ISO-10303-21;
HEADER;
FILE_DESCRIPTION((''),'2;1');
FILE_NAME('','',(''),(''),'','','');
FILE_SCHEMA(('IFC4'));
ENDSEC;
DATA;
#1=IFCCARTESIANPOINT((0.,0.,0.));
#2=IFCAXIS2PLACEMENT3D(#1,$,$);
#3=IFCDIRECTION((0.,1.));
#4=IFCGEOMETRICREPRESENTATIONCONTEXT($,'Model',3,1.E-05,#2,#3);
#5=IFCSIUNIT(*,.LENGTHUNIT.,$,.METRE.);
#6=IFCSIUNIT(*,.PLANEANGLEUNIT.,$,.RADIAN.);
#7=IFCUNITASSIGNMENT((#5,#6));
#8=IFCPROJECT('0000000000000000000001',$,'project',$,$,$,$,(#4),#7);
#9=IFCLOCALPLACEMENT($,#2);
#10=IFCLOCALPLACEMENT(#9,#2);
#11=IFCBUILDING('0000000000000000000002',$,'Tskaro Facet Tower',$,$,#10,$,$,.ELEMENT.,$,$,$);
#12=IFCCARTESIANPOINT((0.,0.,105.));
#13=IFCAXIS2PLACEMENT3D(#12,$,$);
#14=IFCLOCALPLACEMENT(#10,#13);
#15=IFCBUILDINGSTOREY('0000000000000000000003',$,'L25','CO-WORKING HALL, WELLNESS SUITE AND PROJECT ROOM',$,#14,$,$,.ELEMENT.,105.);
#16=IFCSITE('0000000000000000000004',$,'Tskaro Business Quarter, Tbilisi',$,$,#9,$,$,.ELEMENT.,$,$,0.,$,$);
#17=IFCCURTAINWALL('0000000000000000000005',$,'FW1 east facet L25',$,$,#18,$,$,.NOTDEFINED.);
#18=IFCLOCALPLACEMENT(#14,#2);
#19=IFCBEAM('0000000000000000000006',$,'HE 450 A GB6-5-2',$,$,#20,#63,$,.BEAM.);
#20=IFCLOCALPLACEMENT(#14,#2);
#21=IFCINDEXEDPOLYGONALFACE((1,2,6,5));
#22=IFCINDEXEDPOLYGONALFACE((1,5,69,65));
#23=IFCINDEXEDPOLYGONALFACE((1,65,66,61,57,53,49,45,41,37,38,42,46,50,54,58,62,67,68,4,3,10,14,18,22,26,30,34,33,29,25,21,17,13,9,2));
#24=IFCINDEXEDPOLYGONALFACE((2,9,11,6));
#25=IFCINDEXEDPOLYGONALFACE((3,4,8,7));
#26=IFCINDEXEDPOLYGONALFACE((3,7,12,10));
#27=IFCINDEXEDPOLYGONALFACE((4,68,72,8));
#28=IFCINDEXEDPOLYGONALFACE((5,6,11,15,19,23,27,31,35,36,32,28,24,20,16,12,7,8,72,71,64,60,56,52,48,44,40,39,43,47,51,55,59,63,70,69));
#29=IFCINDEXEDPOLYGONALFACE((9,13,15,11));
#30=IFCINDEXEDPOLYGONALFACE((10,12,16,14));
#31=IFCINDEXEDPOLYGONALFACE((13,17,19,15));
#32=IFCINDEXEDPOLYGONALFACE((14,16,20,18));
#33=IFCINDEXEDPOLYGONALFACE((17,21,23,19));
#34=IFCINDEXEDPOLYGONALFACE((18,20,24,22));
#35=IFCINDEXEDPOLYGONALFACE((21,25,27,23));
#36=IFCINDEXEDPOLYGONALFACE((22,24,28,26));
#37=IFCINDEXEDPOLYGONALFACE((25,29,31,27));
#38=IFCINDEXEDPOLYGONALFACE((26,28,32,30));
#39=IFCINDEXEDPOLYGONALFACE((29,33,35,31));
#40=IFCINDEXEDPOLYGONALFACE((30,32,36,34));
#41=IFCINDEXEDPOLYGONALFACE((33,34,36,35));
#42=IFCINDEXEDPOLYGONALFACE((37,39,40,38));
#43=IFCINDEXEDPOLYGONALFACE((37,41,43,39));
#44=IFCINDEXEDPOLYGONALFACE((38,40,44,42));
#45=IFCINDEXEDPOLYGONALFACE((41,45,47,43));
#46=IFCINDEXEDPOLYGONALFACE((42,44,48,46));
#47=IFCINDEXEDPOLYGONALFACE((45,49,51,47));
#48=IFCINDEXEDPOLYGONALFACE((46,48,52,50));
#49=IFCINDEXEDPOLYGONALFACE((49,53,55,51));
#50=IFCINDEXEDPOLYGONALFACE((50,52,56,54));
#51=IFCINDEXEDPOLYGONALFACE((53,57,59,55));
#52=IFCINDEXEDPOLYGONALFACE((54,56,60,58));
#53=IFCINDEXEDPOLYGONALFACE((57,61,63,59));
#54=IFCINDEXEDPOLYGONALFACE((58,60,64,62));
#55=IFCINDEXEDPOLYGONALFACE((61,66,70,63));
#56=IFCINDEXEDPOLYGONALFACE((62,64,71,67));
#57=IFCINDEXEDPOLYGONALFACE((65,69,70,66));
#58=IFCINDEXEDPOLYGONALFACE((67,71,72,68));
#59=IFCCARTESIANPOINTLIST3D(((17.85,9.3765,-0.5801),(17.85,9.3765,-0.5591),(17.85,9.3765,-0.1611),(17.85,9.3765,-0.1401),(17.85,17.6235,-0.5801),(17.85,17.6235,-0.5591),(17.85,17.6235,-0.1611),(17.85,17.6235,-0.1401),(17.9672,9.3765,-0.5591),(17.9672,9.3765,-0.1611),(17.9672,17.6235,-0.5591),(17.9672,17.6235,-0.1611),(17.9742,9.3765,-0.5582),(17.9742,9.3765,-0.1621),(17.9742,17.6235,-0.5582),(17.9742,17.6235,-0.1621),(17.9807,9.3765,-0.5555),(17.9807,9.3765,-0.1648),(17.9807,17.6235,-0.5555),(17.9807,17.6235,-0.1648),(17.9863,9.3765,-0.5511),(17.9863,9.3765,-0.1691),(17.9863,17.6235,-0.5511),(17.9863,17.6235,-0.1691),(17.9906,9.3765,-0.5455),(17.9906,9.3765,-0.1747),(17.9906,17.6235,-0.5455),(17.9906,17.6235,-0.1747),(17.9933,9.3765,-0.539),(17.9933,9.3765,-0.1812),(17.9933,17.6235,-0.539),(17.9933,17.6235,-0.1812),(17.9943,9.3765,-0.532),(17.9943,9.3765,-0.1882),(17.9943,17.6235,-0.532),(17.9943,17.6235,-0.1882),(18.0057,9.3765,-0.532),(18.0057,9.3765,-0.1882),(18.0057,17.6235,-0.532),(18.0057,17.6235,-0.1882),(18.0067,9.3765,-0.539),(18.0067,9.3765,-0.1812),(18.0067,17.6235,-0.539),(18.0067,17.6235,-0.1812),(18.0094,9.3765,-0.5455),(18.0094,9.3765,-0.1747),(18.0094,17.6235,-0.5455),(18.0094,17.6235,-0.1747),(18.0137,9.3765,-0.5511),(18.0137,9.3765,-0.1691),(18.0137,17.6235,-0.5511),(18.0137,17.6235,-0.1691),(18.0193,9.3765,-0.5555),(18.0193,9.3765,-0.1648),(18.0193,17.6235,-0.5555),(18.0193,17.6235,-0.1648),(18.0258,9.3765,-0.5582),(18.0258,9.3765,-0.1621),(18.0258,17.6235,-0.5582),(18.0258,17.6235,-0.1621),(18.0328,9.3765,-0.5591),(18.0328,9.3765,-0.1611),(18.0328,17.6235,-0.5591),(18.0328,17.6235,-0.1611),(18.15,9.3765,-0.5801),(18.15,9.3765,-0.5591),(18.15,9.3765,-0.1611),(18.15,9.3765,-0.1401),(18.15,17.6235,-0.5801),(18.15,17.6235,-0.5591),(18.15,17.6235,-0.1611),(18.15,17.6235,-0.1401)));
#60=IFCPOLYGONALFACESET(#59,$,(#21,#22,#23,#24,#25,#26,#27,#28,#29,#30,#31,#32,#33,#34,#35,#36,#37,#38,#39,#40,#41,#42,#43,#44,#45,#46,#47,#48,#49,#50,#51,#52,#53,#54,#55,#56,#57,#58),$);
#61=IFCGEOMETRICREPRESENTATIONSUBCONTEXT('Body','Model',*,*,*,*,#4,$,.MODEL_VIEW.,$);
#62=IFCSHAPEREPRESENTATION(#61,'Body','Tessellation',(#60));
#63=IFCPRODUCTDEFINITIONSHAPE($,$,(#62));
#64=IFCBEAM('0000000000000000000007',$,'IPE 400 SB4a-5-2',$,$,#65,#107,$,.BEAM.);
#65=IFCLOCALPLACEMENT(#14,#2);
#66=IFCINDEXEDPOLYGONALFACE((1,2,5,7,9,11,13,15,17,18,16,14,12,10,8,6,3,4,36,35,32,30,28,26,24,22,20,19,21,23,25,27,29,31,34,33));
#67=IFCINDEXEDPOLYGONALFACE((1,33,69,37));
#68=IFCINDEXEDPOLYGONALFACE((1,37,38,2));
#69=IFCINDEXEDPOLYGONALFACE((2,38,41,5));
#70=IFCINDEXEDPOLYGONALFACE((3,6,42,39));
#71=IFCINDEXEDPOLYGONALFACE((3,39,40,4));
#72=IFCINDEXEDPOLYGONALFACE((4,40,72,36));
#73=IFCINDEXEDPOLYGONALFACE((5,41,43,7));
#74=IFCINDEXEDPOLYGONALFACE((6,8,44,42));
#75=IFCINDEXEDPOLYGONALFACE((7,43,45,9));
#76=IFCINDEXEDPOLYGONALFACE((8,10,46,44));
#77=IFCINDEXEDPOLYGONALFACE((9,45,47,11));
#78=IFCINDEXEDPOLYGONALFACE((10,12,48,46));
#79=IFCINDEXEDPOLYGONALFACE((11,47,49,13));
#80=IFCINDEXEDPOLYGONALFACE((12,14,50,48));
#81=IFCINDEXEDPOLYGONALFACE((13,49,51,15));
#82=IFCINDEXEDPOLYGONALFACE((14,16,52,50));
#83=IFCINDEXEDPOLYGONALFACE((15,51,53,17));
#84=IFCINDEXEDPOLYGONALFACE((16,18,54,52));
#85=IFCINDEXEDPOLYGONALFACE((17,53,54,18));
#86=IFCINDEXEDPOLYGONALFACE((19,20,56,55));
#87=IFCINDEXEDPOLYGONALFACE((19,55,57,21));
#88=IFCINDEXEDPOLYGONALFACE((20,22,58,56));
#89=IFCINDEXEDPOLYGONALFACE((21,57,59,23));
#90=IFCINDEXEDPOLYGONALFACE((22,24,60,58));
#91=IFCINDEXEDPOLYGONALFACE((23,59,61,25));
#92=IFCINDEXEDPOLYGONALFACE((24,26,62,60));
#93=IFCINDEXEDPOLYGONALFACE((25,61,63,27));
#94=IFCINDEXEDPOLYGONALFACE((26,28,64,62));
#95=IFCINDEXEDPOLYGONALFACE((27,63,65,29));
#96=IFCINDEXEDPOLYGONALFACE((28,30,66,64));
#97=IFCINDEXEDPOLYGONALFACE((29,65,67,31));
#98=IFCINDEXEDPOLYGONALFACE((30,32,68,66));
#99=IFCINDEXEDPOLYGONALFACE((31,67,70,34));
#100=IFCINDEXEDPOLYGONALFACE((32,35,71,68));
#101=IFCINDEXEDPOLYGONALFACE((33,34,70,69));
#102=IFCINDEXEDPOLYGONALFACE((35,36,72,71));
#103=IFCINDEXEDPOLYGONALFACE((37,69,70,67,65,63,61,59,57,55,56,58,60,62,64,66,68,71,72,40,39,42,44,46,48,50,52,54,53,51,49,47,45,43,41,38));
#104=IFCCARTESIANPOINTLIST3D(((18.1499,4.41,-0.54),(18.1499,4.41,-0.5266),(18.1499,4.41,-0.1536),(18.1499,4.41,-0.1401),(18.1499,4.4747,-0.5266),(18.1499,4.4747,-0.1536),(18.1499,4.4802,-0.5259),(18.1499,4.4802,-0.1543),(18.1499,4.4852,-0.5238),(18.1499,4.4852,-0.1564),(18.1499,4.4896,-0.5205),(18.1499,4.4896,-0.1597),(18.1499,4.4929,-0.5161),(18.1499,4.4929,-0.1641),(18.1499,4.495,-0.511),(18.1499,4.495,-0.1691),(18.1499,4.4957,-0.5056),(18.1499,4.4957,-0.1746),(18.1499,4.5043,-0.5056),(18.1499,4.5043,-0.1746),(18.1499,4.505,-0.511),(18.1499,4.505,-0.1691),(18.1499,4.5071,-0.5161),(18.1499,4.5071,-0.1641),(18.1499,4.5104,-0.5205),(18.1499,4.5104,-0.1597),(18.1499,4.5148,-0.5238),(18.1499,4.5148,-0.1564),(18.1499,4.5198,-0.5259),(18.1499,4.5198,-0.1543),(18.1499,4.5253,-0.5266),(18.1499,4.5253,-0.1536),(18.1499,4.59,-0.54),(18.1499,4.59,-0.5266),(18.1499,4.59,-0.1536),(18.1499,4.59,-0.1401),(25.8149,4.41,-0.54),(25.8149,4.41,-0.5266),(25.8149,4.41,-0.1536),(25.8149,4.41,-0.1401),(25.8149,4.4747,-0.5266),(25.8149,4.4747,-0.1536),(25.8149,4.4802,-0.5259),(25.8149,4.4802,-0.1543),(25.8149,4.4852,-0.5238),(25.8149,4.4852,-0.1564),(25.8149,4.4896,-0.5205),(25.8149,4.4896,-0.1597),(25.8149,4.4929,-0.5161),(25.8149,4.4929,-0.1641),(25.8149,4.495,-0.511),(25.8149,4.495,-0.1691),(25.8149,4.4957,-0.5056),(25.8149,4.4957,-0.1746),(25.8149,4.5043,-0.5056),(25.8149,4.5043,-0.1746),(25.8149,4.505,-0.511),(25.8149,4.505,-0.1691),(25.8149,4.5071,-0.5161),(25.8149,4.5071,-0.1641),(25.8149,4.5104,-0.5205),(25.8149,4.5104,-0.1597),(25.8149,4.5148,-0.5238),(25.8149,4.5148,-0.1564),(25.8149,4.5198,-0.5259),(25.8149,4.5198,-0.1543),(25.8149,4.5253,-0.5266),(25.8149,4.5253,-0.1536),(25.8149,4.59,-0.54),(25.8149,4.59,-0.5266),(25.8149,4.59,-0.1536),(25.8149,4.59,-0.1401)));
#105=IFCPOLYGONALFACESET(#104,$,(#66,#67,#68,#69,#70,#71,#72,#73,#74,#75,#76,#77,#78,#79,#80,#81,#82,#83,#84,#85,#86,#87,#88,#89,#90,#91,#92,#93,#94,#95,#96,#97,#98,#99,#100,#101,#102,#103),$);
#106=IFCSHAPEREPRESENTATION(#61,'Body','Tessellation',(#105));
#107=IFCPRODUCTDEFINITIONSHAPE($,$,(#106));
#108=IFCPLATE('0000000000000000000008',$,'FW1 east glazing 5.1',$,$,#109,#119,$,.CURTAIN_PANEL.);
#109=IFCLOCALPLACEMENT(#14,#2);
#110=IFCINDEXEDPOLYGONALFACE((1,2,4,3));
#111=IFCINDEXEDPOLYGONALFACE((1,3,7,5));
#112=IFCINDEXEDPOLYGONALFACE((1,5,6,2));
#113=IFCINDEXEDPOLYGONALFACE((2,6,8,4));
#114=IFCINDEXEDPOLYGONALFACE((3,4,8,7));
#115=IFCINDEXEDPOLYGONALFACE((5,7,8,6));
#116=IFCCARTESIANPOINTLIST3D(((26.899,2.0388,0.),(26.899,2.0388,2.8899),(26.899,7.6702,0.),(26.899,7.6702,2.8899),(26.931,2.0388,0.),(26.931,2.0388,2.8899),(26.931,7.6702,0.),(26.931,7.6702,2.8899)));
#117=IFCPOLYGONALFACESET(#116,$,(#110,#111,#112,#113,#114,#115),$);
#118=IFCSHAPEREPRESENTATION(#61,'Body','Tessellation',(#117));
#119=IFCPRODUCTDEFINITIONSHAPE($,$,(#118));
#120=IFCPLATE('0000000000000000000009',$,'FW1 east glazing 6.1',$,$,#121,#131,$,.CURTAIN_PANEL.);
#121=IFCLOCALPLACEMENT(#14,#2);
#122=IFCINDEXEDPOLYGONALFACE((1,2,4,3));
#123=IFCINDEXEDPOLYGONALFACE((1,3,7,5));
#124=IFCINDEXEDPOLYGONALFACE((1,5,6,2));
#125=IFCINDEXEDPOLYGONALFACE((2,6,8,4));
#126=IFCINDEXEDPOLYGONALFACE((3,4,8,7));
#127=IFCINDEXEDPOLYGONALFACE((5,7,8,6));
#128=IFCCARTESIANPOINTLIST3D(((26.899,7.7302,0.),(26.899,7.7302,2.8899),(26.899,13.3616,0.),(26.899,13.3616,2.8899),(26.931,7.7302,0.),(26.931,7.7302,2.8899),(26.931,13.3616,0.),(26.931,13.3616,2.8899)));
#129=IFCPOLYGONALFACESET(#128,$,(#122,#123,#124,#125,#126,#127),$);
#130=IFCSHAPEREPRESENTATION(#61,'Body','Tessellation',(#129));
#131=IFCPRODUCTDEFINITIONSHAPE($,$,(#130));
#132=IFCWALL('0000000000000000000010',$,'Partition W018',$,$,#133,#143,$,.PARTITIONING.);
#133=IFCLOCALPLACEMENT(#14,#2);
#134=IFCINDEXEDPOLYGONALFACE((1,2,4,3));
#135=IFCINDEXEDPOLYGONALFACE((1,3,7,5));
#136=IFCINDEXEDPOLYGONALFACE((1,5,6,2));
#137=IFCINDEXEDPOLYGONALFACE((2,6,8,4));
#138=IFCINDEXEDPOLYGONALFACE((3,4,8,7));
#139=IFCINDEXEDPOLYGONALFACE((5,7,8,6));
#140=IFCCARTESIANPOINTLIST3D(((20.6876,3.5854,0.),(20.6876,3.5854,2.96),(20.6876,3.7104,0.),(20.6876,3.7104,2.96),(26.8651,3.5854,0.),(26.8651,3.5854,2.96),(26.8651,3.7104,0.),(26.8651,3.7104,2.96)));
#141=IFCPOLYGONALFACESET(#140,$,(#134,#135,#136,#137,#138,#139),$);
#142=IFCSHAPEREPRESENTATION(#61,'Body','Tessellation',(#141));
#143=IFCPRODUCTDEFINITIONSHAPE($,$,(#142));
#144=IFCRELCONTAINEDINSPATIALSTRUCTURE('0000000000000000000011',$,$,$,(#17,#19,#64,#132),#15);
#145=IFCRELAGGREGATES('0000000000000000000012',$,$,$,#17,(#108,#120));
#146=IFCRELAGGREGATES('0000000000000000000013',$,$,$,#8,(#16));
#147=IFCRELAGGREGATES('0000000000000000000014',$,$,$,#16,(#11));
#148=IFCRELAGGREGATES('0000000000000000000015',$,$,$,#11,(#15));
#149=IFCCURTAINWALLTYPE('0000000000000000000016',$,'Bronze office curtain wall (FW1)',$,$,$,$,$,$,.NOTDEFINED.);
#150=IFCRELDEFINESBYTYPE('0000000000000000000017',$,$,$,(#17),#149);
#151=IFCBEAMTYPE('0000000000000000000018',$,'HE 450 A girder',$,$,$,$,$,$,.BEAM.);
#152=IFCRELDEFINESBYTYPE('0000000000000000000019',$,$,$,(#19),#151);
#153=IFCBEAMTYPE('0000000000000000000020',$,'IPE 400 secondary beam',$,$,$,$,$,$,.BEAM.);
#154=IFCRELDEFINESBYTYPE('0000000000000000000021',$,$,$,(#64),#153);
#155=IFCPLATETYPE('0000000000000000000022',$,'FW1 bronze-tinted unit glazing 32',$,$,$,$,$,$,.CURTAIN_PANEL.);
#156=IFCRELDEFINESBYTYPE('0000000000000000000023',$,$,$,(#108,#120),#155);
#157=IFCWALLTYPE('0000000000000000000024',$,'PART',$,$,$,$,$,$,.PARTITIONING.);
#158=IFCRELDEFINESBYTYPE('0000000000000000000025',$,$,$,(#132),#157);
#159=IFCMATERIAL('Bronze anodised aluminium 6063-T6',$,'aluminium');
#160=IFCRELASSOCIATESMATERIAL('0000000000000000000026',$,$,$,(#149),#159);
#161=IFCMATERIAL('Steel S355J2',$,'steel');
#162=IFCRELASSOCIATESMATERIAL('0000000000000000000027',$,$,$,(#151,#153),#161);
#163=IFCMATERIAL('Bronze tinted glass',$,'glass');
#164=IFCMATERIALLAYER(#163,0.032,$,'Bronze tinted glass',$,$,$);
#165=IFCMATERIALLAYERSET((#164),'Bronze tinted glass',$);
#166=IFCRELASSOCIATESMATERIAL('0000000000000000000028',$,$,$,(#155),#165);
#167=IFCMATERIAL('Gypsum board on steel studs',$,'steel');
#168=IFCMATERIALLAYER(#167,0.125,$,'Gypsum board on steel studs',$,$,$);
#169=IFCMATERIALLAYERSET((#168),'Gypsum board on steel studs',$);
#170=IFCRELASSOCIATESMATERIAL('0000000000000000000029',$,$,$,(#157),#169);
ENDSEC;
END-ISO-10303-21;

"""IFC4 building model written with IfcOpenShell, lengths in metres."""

from ifc_helpers import new_model, si_unit, direction, frame, frame_2d, origin, origin_2d, place, context, subcontext, project, spatial, rectangle, i_section, extrude, material, layer, layer_set, material_profile, profile_set, type_object, element, aggregate, save


model = new_model("IFC4")

# Units and contexts
model_context = context("Model", 3, precision=1e-05, world=origin(), true_north=direction((0.0, 1.0)))
body_context = subcontext(model_context, "Body", "Model", "MODEL_VIEW")
ifc_project = project(units=[si_unit("LENGTHUNIT", "METRE"), si_unit("PLANEANGLEUNIT", "RADIAN")], contexts=[model_context])

# Site, building, storey
site_placement = place(None, origin())
site = spatial("IfcSite", under=ifc_project, at=site_placement, Name="Tskaro Business Quarter, Tbilisi", CompositionType="ELEMENT", RefElevation=0.0)
building_placement = place(site_placement, origin())
building = spatial("IfcBuilding", under=site, at=building_placement, Name="Tskaro Facet Tower", CompositionType="ELEMENT")
storey_placement = place(building_placement, frame((0.0, 0.0, 105.0)))
storey = spatial("IfcBuildingStorey", under=building, at=storey_placement, Name="L25", Description="CO-WORKING HALL, WELLNESS SUITE AND PROJECT ROOM", CompositionType="ELEMENT", Elevation=105.0)

# Curtain wall
ifc_material_1 = material(Name="Bronze anodised aluminium 6063-T6", Category="aluminium")
curtain_wall_type = type_object("IfcCurtainWallType", Name="Bronze office curtain wall (FW1)", PredefinedType="NOTDEFINED", material=ifc_material_1)
curtain_wall_placement = place(storey_placement, origin())
curtain_wall = element("IfcCurtainWall", 1, at=curtain_wall_placement, inside=storey, type_object=curtain_wall_type, Name="FW1 east facet L25", PredefinedType="NOTDEFINED")

# Beams
ifc_material_2 = material(Name="Steel S355J2", Category="steel")
ifc_material_profile_1 = material_profile(ifc_material_2, i_section(OverallWidth=0.3, OverallDepth=0.4399, WebThickness=0.0115, FlangeThickness=0.021, FilletRadius=0.0271, at=origin_2d()), Name="HE 450 A")
ifc_profile_set_1 = profile_set([ifc_material_profile_1], Name="Steel S355J2")
beam_type_1 = type_object("IfcBeamType", Name="HE 450 A girder", PredefinedType="BEAM", material=ifc_profile_set_1)
for number, where, z_axis, x_axis, name in (
    (2, (18.0, 9.3765, -0.3601), (0.0, 1.0, 0.0), (-1.0, 0.0, 0.0), "HE 450 A GB6-5-2"),
):
    element("IfcBeam", number, at=place(storey_placement, frame(where, z_axis=z_axis, x_axis=x_axis)), inside=storey, type_object=beam_type_1, Name=name, PredefinedType="BEAM", context=body_context, shape_type="SweptSolid", body=[
        extrude(i_section(OverallWidth=0.3, OverallDepth=0.4399, WebThickness=0.0115, FlangeThickness=0.021, FilletRadius=0.0271, at=origin_2d()), origin(), (0.0, 0.0, 1.0), 8.2471),
    ])
ifc_material_profile_2 = material_profile(ifc_material_2, i_section(OverallWidth=0.1799, OverallDepth=0.3999, WebThickness=0.0085, FlangeThickness=0.0134, FilletRadius=0.021, at=origin_2d()), Name="IPE 400")
ifc_profile_set_2 = profile_set([ifc_material_profile_2], Name="Steel S355J2")
beam_type_2 = type_object("IfcBeamType", Name="IPE 400 secondary beam", PredefinedType="BEAM", material=ifc_profile_set_2)
beam_placement = place(storey_placement, frame((18.1499, 4.5, -0.3401), z_axis=(1.0, 0.0, 0.0), x_axis=(0.0, 1.0, 0.0)))
element("IfcBeam", 3, at=beam_placement, inside=storey, type_object=beam_type_2, Name="IPE 400 SB4a-5-2", PredefinedType="BEAM", context=body_context, shape_type="SweptSolid", body=[
    extrude(i_section(OverallWidth=0.1799, OverallDepth=0.3999, WebThickness=0.0085, FlangeThickness=0.0134, FilletRadius=0.021, at=origin_2d()), origin(), (0.0, 0.0, 1.0), 7.665),
])

# Plates
ifc_material_3 = material(Name="Bronze tinted glass", Category="glass")
ifc_layer_1 = layer(ifc_material_3, 0.032, Name="Bronze tinted glass")
ifc_layer_set_1 = layer_set([ifc_layer_1], Name="Bronze tinted glass")
plate_type = type_object("IfcPlateType", Name="FW1 bronze-tinted unit glazing 32", PredefinedType="CURTAIN_PANEL", material=ifc_layer_set_1)
plate_1_placement = place(storey_placement, frame((26.915, 4.8545, 0.0), z_axis=(0.0, 0.0, 1.0), x_axis=(0.0, 1.0, 0.0)))
plate_1 = element("IfcPlate", 4, at=plate_1_placement, type_object=plate_type, Name="FW1 east glazing 5.1", PredefinedType="CURTAIN_PANEL", context=body_context, shape_type="SweptSolid", body=[
    extrude(rectangle(XDim=5.6313, YDim=0.032, at=origin_2d()), origin(), (0.0, 0.0, 1.0), 2.8899),
])
plate_2_placement = place(storey_placement, frame((26.915, 10.5459, 0.0), z_axis=(0.0, 0.0, 1.0), x_axis=(0.0, 1.0, 0.0)))
plate_2 = element("IfcPlate", 5, at=plate_2_placement, type_object=plate_type, Name="FW1 east glazing 6.1", PredefinedType="CURTAIN_PANEL", context=body_context, shape_type="SweptSolid", body=[
    extrude(rectangle(XDim=5.6313, YDim=0.032, at=origin_2d()), origin(), (0.0, 0.0, 1.0), 2.8899),
])
aggregate(curtain_wall, [plate_1, plate_2])

# Wall
ifc_material_4 = material(Name="Gypsum board on steel studs", Category="steel")
ifc_layer_2 = layer(ifc_material_4, 0.125, Name="Gypsum board on steel studs")
ifc_layer_set_2 = layer_set([ifc_layer_2], Name="Gypsum board on steel studs")
wall_type_1 = type_object("IfcWallType", Name="PART", PredefinedType="PARTITIONING", material=ifc_layer_set_2)
wall_1_placement = place(storey_placement, frame((20.6875, 3.6479, 0.0), z_axis=(0.0, 0.0, 1.0), x_axis=(1.0, 0.0, 0.0)))
element("IfcWall", 6, at=wall_1_placement, inside=storey, type_object=wall_type_1, Name="Partition W018", PredefinedType="PARTITIONING", context=body_context, shape_type="SweptSolid", body=[
    extrude(rectangle(XDim=6.1775, YDim=0.125, at=frame_2d((3.0889, 0.0))), origin(), (0.0, 0.0, 1.0), 2.96),
])

save(model, "model.ifc")
